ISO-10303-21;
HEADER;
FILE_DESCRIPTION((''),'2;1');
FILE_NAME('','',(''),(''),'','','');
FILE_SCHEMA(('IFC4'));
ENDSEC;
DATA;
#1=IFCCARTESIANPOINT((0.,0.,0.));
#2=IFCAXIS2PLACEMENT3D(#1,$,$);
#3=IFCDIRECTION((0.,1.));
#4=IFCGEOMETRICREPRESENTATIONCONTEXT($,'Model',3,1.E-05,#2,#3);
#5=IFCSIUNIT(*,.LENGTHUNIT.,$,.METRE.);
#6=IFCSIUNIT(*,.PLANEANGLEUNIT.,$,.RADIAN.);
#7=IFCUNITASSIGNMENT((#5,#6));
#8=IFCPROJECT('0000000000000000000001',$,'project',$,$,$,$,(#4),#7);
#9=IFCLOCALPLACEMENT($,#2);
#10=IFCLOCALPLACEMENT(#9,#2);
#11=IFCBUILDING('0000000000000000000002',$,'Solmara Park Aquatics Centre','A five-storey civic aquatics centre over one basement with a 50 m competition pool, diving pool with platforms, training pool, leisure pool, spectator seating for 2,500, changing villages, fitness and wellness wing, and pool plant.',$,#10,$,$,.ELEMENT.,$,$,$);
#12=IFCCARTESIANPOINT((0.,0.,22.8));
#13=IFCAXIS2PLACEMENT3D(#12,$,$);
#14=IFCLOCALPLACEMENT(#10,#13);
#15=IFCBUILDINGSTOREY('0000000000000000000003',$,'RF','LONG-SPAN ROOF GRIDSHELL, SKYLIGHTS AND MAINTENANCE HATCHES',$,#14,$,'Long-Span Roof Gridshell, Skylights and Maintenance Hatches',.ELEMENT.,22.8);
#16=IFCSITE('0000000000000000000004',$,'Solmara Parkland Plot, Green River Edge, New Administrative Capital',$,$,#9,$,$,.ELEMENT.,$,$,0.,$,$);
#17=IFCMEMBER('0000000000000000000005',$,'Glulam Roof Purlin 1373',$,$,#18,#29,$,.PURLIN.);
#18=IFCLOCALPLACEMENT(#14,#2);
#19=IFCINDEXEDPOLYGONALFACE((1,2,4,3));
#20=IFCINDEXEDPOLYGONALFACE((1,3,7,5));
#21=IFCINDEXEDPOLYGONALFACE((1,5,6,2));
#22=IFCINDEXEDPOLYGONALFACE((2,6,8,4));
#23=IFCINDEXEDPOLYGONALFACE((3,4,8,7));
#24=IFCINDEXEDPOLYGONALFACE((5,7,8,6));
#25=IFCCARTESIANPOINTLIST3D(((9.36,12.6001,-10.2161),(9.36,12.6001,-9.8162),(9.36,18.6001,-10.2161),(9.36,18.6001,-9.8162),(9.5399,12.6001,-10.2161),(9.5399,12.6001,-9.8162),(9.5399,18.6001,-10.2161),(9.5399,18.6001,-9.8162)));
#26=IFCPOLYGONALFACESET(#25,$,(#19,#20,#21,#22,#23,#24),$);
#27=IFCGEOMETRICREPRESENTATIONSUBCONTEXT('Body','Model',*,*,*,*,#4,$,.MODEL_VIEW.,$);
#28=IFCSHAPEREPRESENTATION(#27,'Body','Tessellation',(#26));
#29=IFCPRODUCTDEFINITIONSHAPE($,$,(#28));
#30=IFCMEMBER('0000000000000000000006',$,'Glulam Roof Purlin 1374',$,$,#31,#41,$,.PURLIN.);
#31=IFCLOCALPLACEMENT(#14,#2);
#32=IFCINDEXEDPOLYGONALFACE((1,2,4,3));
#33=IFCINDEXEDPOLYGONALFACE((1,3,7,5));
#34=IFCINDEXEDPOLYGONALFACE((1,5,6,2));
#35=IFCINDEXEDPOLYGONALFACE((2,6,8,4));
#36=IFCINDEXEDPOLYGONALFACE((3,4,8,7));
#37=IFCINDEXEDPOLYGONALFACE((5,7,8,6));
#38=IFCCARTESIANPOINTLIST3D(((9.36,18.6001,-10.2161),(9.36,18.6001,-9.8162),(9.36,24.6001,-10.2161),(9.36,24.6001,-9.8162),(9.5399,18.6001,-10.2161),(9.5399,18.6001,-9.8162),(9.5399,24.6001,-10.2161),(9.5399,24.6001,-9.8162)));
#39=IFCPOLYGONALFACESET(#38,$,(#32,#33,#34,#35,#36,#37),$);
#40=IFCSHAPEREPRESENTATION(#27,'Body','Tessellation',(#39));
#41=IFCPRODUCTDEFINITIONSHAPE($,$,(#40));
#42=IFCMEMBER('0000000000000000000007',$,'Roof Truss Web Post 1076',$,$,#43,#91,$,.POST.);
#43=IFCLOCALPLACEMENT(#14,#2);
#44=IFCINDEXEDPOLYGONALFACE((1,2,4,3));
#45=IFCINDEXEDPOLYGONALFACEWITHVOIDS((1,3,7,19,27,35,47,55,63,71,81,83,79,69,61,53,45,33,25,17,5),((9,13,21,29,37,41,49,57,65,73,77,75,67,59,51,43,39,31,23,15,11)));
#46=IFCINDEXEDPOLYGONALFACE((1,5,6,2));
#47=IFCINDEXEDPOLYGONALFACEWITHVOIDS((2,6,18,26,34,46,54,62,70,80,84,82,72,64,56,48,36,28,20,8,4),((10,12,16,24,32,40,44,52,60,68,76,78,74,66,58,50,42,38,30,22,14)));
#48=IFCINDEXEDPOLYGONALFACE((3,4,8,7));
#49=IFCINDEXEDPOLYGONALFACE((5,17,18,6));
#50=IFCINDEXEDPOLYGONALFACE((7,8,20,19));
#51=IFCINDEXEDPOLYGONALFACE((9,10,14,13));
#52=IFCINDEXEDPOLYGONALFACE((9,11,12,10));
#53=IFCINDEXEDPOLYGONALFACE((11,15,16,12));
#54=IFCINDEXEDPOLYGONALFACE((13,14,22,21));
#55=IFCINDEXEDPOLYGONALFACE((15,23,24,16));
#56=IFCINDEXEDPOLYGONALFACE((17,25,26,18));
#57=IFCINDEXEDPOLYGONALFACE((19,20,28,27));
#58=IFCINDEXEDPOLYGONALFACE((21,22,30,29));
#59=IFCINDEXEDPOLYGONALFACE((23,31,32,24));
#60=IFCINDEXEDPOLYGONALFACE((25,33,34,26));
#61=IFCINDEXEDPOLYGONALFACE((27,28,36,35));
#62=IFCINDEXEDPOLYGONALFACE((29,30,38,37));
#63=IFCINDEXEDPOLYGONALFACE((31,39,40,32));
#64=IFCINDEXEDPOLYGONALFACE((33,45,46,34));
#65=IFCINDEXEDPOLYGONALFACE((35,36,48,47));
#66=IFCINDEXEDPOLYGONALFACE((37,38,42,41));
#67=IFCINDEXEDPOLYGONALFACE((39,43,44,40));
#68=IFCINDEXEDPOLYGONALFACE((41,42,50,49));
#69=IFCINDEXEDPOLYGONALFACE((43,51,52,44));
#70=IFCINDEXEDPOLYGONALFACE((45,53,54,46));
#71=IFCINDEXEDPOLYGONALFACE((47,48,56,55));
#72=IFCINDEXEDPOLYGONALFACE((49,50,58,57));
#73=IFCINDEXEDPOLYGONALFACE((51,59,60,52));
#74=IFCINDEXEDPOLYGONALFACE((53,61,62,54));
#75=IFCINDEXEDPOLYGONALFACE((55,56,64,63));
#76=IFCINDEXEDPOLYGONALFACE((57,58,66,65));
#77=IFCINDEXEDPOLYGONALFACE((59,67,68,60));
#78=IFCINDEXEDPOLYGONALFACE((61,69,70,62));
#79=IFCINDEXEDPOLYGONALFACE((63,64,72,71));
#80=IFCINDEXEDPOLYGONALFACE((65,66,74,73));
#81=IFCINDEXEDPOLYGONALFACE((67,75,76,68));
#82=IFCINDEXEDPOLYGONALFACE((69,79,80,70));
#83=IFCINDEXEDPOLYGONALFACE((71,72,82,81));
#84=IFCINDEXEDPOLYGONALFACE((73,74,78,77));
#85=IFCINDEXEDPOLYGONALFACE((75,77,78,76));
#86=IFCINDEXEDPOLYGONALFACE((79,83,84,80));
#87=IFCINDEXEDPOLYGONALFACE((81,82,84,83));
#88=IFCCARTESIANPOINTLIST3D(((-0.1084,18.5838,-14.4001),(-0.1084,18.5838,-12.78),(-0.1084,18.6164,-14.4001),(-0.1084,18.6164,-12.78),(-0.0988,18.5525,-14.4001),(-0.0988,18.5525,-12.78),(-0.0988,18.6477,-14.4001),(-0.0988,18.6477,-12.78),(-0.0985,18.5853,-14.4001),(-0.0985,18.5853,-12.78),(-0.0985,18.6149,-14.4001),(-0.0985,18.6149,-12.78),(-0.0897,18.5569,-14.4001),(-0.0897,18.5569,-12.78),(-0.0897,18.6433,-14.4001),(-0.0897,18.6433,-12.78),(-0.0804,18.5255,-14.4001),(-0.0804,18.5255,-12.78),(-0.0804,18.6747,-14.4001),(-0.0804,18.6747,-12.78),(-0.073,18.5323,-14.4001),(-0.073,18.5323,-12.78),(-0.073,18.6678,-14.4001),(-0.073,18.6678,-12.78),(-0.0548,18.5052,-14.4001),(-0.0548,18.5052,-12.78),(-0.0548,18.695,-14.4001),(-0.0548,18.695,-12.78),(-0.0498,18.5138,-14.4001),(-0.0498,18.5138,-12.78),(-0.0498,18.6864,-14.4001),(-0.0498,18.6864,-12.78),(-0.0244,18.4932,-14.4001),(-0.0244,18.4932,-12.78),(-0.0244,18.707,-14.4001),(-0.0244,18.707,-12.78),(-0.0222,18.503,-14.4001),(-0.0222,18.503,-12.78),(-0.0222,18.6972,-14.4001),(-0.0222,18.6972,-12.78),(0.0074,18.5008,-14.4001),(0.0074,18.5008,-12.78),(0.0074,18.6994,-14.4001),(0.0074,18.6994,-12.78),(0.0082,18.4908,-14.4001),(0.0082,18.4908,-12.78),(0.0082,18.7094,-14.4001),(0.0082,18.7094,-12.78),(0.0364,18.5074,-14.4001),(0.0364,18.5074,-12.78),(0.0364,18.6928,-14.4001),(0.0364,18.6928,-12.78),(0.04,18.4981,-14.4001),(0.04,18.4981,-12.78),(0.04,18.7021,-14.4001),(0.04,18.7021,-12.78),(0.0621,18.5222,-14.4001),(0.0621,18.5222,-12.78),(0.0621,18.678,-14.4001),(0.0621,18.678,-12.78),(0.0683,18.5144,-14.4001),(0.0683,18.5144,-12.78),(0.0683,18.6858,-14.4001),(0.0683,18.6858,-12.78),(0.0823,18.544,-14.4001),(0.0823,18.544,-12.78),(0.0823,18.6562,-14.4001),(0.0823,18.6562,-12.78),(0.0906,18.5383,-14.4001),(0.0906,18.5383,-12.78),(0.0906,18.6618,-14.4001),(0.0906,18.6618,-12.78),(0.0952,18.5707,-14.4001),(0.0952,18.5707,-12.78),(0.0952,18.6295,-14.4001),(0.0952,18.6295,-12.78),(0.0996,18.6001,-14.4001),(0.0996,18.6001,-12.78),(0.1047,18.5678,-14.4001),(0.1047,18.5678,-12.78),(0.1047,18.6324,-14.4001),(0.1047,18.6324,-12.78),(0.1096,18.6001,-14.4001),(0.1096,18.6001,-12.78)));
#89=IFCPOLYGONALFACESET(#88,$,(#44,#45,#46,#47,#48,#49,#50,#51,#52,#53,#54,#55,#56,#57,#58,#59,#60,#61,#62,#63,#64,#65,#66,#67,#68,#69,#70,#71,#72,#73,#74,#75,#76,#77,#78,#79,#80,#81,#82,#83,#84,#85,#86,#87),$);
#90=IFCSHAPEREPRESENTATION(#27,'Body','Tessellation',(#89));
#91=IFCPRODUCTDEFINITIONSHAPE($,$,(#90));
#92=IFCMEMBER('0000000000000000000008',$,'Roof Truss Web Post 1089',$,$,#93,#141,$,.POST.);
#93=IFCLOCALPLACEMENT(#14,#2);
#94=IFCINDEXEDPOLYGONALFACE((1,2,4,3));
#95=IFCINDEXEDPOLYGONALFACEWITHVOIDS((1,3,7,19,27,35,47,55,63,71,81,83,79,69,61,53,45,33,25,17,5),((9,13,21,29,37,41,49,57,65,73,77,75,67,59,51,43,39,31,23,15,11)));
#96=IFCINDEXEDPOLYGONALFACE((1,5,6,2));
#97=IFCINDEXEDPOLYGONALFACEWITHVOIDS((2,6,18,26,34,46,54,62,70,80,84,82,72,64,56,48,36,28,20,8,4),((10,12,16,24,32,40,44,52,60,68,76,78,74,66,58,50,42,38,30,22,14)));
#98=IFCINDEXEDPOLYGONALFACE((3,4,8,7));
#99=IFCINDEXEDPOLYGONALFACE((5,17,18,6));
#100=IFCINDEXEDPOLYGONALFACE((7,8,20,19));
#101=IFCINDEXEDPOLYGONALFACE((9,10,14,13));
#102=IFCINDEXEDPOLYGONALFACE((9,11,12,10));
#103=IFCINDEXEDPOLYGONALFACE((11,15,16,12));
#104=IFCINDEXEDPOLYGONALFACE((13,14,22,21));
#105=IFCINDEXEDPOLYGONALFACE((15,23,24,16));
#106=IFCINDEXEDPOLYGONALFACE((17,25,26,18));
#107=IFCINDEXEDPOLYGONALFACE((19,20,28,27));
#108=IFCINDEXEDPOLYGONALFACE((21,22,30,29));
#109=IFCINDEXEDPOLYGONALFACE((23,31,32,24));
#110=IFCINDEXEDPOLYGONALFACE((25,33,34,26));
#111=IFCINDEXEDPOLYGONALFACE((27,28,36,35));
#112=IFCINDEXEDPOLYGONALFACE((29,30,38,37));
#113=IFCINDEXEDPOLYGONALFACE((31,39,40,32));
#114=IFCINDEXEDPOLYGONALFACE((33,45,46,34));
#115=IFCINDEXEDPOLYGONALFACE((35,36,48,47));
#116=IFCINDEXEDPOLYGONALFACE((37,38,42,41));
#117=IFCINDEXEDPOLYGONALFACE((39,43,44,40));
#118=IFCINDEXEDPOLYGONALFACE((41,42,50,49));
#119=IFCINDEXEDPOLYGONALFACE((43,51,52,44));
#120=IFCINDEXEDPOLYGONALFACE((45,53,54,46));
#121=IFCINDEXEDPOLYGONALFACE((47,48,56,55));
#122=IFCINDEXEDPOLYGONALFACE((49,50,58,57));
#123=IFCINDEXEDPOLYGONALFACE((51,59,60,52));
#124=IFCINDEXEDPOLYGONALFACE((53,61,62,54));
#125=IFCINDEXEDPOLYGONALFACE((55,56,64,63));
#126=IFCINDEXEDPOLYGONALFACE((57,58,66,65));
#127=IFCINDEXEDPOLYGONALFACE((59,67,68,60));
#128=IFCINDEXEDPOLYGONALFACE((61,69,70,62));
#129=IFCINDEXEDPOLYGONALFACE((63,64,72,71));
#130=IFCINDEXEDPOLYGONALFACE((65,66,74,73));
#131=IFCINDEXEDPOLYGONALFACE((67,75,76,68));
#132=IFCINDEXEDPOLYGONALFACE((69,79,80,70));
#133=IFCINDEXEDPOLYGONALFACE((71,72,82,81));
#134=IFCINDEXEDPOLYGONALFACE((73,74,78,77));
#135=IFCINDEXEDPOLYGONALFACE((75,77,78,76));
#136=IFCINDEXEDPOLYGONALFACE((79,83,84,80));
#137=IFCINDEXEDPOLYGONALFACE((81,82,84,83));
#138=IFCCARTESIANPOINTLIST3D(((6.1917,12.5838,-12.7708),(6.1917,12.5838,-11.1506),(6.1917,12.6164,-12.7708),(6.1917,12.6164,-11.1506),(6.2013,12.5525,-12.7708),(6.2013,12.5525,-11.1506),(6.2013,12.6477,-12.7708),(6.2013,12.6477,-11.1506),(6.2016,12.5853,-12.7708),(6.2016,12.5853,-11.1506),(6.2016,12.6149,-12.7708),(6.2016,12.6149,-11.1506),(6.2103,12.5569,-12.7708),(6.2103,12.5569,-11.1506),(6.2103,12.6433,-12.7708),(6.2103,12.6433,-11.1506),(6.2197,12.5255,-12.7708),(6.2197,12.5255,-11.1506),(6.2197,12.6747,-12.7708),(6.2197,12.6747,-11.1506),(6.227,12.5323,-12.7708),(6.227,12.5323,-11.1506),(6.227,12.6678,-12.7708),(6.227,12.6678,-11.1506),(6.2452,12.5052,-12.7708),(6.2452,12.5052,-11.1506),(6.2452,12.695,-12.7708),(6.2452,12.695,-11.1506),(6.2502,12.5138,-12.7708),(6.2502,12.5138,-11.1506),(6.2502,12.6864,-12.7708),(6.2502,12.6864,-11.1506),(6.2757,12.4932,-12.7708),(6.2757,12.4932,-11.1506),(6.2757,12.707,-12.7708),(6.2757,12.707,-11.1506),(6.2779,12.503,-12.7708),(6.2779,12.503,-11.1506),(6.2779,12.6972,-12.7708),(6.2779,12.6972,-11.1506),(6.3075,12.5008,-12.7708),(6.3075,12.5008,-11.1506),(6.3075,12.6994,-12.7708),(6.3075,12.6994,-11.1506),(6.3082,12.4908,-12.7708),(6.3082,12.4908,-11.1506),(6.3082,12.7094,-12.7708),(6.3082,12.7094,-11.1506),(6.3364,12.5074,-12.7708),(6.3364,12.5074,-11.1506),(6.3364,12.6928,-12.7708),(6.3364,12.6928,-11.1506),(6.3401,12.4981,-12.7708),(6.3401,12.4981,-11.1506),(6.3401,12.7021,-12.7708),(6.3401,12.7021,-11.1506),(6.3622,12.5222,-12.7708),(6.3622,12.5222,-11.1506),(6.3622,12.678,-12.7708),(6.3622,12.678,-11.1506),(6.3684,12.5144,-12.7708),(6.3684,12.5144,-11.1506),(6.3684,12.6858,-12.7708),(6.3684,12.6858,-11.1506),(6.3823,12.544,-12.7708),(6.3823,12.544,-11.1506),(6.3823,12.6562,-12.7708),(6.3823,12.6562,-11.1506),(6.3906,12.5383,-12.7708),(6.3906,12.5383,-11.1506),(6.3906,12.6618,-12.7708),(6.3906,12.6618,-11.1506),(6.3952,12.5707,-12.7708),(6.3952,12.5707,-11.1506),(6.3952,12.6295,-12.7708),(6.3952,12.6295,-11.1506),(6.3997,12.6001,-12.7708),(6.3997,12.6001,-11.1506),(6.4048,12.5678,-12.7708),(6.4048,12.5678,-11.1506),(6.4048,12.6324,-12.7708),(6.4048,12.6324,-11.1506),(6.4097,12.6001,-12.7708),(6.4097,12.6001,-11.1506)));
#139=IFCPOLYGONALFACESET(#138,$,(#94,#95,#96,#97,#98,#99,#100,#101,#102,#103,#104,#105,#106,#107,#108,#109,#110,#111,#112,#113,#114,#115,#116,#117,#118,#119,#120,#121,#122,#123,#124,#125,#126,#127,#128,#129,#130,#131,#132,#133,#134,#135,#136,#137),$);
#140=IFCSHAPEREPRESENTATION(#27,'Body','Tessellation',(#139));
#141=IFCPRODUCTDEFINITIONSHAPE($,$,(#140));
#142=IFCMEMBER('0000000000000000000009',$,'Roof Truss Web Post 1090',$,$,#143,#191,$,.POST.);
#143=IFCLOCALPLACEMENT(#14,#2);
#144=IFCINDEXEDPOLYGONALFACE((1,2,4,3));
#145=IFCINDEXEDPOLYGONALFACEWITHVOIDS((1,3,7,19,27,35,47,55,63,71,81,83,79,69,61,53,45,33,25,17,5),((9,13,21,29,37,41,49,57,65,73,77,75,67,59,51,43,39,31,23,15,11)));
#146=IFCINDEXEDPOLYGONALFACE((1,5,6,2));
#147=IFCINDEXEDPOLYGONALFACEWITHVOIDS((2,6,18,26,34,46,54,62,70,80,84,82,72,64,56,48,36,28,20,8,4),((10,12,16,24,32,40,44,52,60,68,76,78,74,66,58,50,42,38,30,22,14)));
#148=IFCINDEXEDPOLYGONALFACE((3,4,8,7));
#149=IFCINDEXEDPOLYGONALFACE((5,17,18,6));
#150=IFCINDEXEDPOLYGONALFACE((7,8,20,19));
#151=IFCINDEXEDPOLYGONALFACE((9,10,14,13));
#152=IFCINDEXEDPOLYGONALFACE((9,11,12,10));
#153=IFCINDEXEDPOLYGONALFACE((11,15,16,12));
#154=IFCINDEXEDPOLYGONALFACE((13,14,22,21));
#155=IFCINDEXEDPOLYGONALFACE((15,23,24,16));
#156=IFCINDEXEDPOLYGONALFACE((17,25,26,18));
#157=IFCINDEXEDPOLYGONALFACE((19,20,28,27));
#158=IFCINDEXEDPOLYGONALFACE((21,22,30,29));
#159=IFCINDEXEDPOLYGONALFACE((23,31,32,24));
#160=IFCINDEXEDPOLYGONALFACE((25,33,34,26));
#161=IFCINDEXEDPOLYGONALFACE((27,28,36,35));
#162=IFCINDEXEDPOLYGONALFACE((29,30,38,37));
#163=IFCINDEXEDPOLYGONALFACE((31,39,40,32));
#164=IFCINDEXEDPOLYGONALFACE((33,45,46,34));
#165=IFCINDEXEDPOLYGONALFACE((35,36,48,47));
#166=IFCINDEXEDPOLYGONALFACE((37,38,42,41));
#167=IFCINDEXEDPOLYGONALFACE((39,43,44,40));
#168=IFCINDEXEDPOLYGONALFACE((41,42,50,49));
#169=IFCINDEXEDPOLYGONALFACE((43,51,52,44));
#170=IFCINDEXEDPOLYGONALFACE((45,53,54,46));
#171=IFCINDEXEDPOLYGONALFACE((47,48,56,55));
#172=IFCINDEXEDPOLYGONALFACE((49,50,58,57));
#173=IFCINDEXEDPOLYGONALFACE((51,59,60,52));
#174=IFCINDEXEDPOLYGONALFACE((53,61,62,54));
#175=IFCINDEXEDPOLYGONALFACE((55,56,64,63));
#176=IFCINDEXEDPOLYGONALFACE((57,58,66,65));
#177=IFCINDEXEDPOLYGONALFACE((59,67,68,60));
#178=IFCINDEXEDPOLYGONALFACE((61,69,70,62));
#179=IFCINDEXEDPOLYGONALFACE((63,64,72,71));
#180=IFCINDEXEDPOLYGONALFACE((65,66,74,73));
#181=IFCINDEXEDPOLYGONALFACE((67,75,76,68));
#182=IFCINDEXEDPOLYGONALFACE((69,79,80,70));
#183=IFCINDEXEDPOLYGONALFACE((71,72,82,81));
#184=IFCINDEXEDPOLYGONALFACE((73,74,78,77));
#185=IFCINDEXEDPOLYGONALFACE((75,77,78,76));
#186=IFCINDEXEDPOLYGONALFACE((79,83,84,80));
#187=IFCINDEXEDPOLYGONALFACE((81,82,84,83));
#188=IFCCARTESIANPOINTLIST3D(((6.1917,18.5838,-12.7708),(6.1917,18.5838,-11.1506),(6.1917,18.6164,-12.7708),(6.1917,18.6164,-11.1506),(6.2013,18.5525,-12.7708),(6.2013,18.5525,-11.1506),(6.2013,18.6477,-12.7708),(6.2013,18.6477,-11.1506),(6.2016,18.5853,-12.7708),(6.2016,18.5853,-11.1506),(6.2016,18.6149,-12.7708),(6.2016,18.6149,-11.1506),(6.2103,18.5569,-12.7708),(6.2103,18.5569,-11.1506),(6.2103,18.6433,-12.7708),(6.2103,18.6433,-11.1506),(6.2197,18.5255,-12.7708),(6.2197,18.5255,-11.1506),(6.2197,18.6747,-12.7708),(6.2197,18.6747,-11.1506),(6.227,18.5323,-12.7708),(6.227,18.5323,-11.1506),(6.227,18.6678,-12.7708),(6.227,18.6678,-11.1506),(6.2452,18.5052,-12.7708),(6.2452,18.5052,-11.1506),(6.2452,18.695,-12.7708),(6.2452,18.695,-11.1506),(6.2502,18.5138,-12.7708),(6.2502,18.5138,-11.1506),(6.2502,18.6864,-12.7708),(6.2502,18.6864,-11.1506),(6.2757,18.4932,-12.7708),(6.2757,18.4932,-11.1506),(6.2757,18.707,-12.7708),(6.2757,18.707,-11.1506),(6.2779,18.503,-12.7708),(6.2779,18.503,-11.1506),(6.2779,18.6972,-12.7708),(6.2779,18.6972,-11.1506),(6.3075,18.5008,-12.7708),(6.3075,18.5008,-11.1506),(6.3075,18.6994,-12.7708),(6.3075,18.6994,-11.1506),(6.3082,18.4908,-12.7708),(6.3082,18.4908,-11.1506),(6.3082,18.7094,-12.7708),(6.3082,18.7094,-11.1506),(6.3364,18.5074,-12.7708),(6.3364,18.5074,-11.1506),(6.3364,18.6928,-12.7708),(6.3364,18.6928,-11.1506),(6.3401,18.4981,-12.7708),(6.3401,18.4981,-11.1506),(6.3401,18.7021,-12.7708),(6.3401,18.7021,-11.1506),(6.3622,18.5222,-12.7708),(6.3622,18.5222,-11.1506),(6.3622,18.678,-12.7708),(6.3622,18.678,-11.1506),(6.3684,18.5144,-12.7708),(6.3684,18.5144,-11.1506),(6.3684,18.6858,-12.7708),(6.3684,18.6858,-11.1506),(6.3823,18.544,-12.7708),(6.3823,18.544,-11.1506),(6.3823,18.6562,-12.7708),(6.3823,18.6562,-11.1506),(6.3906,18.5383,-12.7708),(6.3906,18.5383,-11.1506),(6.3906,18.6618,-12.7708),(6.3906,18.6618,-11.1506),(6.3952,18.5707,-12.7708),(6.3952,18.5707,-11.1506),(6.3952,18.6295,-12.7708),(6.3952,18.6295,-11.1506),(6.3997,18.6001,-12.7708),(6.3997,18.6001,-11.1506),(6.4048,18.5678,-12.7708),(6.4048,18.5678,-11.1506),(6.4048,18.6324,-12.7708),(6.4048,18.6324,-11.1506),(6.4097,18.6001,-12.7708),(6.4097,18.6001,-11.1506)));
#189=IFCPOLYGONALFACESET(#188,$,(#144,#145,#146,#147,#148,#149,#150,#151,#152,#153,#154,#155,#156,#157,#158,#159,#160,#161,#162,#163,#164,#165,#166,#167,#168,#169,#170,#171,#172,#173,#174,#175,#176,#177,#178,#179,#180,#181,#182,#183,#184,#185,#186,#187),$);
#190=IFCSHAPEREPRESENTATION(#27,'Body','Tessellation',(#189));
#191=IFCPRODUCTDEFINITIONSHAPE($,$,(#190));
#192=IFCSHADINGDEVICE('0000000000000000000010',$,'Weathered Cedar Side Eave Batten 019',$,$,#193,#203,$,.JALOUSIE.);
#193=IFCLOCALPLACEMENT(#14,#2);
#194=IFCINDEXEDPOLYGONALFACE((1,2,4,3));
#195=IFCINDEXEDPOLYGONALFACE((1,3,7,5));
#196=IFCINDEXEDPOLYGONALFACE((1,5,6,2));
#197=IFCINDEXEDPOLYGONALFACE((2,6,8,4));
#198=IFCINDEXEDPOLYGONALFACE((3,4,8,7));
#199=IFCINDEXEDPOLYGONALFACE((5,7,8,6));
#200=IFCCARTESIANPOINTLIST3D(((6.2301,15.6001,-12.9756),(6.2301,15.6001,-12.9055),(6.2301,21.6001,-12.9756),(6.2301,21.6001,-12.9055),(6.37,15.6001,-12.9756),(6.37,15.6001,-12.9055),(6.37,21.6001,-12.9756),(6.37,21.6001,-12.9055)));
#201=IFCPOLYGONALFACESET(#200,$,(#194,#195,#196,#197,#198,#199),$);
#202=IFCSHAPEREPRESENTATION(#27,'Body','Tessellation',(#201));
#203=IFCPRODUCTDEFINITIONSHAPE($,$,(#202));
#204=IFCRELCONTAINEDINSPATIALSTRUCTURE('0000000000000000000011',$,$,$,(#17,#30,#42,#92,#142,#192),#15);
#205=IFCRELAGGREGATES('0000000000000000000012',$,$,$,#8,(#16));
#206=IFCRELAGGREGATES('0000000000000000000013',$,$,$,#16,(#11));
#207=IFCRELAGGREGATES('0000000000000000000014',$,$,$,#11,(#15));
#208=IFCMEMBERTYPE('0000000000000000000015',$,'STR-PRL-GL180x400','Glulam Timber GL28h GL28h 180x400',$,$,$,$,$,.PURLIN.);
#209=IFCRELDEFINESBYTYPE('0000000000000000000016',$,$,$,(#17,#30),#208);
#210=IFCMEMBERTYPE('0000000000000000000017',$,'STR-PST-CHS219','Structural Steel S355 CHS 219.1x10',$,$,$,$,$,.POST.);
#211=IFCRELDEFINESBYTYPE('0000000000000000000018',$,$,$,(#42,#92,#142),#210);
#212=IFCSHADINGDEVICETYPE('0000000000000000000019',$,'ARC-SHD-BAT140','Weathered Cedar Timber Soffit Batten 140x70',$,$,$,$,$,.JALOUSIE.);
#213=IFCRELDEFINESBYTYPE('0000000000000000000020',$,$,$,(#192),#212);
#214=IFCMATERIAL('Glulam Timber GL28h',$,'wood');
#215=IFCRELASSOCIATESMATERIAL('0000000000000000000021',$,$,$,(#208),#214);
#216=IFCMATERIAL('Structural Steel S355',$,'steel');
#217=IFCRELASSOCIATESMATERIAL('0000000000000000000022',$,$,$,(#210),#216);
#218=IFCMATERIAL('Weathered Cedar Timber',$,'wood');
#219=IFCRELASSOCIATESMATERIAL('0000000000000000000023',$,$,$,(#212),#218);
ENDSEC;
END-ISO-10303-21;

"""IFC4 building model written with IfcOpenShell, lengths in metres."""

from ifc_helpers import new_model, si_unit, direction, frame, origin, origin_2d, place, context, subcontext, project, spatial, rectangle, hollow_circle, extrude, material, material_profile, profile_set, type_object, element, save


model = new_model("IFC4")

# Units and contexts
model_context = context("Model", 3, precision=1e-05, world=origin(), true_north=direction((0.0, 1.0)))
body_context = subcontext(model_context, "Body", "Model", "MODEL_VIEW")
ifc_project = project(units=[si_unit("LENGTHUNIT", "METRE"), si_unit("PLANEANGLEUNIT", "RADIAN")], contexts=[model_context])

# Site, building, storey
site_placement = place(None, origin())
site = spatial("IfcSite", under=ifc_project, at=site_placement, Name="Solmara Parkland Plot, Green River Edge, New Administrative Capital", CompositionType="ELEMENT", RefElevation=0.0)
building_placement = place(site_placement, origin())
building = spatial("IfcBuilding", under=site, at=building_placement, Name="Solmara Park Aquatics Centre", Description="A five-storey civic aquatics centre over one basement with a 50 m competition pool, diving pool with platforms, training pool, leisure pool, spectator seating for 2,500, changing villages, fitness and wellness wing, and pool plant.", CompositionType="ELEMENT")
storey_placement = place(building_placement, frame((0.0, 0.0, 22.8)))
storey = spatial("IfcBuildingStorey", under=building, at=storey_placement, Name="RF", Description="LONG-SPAN ROOF GRIDSHELL, SKYLIGHTS AND MAINTENANCE HATCHES", LongName="Long-Span Roof Gridshell, Skylights and Maintenance Hatches", CompositionType="ELEMENT", Elevation=22.8)

# Members
ifc_material_1 = material(Name="Structural Steel S355", Category="steel")
ifc_material_2 = material(Name="Glulam Timber GL28h", Category="wood")
ifc_material_profile_1 = material_profile(ifc_material_2, rectangle(XDim=0.1799, YDim=0.3999, at=origin_2d()), Name="GL28h 180x400")
ifc_profile_set_1 = profile_set([ifc_material_profile_1], Name="Glulam Timber GL28h")
member_type_1 = type_object("IfcMemberType", Name="STR-PRL-GL180x400", Description="Glulam Timber GL28h GL28h 180x400", PredefinedType="PURLIN", material=ifc_profile_set_1)
for number, where, z_axis, x_axis, name in (
    (1, (9.45, 12.6001, -10.0161), (0.0, 1.0, 0.0), (-1.0, 0.0, 0.0), "Glulam Roof Purlin 1373"),
    (2, (9.45, 18.6001, -10.0161), (0.0, 1.0, 0.0), (-1.0, 0.0, 0.0), "Glulam Roof Purlin 1374"),
):
    element("IfcMember", number, at=place(storey_placement, frame(where, z_axis=z_axis, x_axis=x_axis)), inside=storey, type_object=member_type_1, Name=name, PredefinedType="PURLIN", context=body_context, shape_type="SweptSolid", body=[
        extrude(rectangle(XDim=0.1799, YDim=0.3999, at=origin_2d()), origin(), (0.0, 0.0, 1.0), 6.0),
    ])
ifc_material_profile_2 = material_profile(ifc_material_1, hollow_circle(Radius=0.1096, WallThickness=0.01, at=origin_2d()), Name="CHS 219.1x10")
ifc_profile_set_2 = profile_set([ifc_material_profile_2], Name="Structural Steel S355")
member_type_2 = type_object("IfcMemberType", Name="STR-PST-CHS219", Description="Structural Steel S355 CHS 219.1x10", PredefinedType="POST", material=ifc_profile_set_2)
for number, where, z_axis, x_axis, name in (
    (3, (0.0, 18.6001, -14.4001), (0.0, 0.0, 1.0), (1.0, 0.0, 0.0), "Roof Truss Web Post 1076"),
    (4, (6.3, 12.6001, -12.7708), (0.0, 0.0, 1.0), (1.0, 0.0, 0.0), "Roof Truss Web Post 1089"),
    (5, (6.3, 18.6001, -12.7708), (0.0, 0.0, 1.0), (1.0, 0.0, 0.0), "Roof Truss Web Post 1090"),
):
    element("IfcMember", number, at=place(storey_placement, frame(where, z_axis=z_axis, x_axis=x_axis)), inside=storey, type_object=member_type_2, Name=name, PredefinedType="POST", context=body_context, shape_type="SweptSolid", body=[
        extrude(hollow_circle(Radius=0.1096, WallThickness=0.01, at=origin_2d()), origin(), (0.0, 0.0, 1.0), 1.6201),
    ])

# Shading device
ifc_material_3 = material(Name="Weathered Cedar Timber", Category="wood")
shading_device_type = type_object("IfcShadingDeviceType", Name="ARC-SHD-BAT140", Description="Weathered Cedar Timber Soffit Batten 140x70", PredefinedType="JALOUSIE", material=ifc_material_3)
shading_device_placement = place(storey_placement, frame((6.3, 18.6001, -12.9756), z_axis=(0.0, 0.0, 1.0), x_axis=(1.0, 0.0, 0.0)))
element("IfcShadingDevice", 6, at=shading_device_placement, inside=storey, type_object=shading_device_type, Name="Weathered Cedar Side Eave Batten 019", PredefinedType="JALOUSIE", context=body_context, shape_type="SweptSolid", body=[
    extrude(rectangle(XDim=0.1399, YDim=6.0, at=origin_2d()), origin(), (0.0, 0.0, 1.0), 0.0701),
])

save(model, "model.ifc")
